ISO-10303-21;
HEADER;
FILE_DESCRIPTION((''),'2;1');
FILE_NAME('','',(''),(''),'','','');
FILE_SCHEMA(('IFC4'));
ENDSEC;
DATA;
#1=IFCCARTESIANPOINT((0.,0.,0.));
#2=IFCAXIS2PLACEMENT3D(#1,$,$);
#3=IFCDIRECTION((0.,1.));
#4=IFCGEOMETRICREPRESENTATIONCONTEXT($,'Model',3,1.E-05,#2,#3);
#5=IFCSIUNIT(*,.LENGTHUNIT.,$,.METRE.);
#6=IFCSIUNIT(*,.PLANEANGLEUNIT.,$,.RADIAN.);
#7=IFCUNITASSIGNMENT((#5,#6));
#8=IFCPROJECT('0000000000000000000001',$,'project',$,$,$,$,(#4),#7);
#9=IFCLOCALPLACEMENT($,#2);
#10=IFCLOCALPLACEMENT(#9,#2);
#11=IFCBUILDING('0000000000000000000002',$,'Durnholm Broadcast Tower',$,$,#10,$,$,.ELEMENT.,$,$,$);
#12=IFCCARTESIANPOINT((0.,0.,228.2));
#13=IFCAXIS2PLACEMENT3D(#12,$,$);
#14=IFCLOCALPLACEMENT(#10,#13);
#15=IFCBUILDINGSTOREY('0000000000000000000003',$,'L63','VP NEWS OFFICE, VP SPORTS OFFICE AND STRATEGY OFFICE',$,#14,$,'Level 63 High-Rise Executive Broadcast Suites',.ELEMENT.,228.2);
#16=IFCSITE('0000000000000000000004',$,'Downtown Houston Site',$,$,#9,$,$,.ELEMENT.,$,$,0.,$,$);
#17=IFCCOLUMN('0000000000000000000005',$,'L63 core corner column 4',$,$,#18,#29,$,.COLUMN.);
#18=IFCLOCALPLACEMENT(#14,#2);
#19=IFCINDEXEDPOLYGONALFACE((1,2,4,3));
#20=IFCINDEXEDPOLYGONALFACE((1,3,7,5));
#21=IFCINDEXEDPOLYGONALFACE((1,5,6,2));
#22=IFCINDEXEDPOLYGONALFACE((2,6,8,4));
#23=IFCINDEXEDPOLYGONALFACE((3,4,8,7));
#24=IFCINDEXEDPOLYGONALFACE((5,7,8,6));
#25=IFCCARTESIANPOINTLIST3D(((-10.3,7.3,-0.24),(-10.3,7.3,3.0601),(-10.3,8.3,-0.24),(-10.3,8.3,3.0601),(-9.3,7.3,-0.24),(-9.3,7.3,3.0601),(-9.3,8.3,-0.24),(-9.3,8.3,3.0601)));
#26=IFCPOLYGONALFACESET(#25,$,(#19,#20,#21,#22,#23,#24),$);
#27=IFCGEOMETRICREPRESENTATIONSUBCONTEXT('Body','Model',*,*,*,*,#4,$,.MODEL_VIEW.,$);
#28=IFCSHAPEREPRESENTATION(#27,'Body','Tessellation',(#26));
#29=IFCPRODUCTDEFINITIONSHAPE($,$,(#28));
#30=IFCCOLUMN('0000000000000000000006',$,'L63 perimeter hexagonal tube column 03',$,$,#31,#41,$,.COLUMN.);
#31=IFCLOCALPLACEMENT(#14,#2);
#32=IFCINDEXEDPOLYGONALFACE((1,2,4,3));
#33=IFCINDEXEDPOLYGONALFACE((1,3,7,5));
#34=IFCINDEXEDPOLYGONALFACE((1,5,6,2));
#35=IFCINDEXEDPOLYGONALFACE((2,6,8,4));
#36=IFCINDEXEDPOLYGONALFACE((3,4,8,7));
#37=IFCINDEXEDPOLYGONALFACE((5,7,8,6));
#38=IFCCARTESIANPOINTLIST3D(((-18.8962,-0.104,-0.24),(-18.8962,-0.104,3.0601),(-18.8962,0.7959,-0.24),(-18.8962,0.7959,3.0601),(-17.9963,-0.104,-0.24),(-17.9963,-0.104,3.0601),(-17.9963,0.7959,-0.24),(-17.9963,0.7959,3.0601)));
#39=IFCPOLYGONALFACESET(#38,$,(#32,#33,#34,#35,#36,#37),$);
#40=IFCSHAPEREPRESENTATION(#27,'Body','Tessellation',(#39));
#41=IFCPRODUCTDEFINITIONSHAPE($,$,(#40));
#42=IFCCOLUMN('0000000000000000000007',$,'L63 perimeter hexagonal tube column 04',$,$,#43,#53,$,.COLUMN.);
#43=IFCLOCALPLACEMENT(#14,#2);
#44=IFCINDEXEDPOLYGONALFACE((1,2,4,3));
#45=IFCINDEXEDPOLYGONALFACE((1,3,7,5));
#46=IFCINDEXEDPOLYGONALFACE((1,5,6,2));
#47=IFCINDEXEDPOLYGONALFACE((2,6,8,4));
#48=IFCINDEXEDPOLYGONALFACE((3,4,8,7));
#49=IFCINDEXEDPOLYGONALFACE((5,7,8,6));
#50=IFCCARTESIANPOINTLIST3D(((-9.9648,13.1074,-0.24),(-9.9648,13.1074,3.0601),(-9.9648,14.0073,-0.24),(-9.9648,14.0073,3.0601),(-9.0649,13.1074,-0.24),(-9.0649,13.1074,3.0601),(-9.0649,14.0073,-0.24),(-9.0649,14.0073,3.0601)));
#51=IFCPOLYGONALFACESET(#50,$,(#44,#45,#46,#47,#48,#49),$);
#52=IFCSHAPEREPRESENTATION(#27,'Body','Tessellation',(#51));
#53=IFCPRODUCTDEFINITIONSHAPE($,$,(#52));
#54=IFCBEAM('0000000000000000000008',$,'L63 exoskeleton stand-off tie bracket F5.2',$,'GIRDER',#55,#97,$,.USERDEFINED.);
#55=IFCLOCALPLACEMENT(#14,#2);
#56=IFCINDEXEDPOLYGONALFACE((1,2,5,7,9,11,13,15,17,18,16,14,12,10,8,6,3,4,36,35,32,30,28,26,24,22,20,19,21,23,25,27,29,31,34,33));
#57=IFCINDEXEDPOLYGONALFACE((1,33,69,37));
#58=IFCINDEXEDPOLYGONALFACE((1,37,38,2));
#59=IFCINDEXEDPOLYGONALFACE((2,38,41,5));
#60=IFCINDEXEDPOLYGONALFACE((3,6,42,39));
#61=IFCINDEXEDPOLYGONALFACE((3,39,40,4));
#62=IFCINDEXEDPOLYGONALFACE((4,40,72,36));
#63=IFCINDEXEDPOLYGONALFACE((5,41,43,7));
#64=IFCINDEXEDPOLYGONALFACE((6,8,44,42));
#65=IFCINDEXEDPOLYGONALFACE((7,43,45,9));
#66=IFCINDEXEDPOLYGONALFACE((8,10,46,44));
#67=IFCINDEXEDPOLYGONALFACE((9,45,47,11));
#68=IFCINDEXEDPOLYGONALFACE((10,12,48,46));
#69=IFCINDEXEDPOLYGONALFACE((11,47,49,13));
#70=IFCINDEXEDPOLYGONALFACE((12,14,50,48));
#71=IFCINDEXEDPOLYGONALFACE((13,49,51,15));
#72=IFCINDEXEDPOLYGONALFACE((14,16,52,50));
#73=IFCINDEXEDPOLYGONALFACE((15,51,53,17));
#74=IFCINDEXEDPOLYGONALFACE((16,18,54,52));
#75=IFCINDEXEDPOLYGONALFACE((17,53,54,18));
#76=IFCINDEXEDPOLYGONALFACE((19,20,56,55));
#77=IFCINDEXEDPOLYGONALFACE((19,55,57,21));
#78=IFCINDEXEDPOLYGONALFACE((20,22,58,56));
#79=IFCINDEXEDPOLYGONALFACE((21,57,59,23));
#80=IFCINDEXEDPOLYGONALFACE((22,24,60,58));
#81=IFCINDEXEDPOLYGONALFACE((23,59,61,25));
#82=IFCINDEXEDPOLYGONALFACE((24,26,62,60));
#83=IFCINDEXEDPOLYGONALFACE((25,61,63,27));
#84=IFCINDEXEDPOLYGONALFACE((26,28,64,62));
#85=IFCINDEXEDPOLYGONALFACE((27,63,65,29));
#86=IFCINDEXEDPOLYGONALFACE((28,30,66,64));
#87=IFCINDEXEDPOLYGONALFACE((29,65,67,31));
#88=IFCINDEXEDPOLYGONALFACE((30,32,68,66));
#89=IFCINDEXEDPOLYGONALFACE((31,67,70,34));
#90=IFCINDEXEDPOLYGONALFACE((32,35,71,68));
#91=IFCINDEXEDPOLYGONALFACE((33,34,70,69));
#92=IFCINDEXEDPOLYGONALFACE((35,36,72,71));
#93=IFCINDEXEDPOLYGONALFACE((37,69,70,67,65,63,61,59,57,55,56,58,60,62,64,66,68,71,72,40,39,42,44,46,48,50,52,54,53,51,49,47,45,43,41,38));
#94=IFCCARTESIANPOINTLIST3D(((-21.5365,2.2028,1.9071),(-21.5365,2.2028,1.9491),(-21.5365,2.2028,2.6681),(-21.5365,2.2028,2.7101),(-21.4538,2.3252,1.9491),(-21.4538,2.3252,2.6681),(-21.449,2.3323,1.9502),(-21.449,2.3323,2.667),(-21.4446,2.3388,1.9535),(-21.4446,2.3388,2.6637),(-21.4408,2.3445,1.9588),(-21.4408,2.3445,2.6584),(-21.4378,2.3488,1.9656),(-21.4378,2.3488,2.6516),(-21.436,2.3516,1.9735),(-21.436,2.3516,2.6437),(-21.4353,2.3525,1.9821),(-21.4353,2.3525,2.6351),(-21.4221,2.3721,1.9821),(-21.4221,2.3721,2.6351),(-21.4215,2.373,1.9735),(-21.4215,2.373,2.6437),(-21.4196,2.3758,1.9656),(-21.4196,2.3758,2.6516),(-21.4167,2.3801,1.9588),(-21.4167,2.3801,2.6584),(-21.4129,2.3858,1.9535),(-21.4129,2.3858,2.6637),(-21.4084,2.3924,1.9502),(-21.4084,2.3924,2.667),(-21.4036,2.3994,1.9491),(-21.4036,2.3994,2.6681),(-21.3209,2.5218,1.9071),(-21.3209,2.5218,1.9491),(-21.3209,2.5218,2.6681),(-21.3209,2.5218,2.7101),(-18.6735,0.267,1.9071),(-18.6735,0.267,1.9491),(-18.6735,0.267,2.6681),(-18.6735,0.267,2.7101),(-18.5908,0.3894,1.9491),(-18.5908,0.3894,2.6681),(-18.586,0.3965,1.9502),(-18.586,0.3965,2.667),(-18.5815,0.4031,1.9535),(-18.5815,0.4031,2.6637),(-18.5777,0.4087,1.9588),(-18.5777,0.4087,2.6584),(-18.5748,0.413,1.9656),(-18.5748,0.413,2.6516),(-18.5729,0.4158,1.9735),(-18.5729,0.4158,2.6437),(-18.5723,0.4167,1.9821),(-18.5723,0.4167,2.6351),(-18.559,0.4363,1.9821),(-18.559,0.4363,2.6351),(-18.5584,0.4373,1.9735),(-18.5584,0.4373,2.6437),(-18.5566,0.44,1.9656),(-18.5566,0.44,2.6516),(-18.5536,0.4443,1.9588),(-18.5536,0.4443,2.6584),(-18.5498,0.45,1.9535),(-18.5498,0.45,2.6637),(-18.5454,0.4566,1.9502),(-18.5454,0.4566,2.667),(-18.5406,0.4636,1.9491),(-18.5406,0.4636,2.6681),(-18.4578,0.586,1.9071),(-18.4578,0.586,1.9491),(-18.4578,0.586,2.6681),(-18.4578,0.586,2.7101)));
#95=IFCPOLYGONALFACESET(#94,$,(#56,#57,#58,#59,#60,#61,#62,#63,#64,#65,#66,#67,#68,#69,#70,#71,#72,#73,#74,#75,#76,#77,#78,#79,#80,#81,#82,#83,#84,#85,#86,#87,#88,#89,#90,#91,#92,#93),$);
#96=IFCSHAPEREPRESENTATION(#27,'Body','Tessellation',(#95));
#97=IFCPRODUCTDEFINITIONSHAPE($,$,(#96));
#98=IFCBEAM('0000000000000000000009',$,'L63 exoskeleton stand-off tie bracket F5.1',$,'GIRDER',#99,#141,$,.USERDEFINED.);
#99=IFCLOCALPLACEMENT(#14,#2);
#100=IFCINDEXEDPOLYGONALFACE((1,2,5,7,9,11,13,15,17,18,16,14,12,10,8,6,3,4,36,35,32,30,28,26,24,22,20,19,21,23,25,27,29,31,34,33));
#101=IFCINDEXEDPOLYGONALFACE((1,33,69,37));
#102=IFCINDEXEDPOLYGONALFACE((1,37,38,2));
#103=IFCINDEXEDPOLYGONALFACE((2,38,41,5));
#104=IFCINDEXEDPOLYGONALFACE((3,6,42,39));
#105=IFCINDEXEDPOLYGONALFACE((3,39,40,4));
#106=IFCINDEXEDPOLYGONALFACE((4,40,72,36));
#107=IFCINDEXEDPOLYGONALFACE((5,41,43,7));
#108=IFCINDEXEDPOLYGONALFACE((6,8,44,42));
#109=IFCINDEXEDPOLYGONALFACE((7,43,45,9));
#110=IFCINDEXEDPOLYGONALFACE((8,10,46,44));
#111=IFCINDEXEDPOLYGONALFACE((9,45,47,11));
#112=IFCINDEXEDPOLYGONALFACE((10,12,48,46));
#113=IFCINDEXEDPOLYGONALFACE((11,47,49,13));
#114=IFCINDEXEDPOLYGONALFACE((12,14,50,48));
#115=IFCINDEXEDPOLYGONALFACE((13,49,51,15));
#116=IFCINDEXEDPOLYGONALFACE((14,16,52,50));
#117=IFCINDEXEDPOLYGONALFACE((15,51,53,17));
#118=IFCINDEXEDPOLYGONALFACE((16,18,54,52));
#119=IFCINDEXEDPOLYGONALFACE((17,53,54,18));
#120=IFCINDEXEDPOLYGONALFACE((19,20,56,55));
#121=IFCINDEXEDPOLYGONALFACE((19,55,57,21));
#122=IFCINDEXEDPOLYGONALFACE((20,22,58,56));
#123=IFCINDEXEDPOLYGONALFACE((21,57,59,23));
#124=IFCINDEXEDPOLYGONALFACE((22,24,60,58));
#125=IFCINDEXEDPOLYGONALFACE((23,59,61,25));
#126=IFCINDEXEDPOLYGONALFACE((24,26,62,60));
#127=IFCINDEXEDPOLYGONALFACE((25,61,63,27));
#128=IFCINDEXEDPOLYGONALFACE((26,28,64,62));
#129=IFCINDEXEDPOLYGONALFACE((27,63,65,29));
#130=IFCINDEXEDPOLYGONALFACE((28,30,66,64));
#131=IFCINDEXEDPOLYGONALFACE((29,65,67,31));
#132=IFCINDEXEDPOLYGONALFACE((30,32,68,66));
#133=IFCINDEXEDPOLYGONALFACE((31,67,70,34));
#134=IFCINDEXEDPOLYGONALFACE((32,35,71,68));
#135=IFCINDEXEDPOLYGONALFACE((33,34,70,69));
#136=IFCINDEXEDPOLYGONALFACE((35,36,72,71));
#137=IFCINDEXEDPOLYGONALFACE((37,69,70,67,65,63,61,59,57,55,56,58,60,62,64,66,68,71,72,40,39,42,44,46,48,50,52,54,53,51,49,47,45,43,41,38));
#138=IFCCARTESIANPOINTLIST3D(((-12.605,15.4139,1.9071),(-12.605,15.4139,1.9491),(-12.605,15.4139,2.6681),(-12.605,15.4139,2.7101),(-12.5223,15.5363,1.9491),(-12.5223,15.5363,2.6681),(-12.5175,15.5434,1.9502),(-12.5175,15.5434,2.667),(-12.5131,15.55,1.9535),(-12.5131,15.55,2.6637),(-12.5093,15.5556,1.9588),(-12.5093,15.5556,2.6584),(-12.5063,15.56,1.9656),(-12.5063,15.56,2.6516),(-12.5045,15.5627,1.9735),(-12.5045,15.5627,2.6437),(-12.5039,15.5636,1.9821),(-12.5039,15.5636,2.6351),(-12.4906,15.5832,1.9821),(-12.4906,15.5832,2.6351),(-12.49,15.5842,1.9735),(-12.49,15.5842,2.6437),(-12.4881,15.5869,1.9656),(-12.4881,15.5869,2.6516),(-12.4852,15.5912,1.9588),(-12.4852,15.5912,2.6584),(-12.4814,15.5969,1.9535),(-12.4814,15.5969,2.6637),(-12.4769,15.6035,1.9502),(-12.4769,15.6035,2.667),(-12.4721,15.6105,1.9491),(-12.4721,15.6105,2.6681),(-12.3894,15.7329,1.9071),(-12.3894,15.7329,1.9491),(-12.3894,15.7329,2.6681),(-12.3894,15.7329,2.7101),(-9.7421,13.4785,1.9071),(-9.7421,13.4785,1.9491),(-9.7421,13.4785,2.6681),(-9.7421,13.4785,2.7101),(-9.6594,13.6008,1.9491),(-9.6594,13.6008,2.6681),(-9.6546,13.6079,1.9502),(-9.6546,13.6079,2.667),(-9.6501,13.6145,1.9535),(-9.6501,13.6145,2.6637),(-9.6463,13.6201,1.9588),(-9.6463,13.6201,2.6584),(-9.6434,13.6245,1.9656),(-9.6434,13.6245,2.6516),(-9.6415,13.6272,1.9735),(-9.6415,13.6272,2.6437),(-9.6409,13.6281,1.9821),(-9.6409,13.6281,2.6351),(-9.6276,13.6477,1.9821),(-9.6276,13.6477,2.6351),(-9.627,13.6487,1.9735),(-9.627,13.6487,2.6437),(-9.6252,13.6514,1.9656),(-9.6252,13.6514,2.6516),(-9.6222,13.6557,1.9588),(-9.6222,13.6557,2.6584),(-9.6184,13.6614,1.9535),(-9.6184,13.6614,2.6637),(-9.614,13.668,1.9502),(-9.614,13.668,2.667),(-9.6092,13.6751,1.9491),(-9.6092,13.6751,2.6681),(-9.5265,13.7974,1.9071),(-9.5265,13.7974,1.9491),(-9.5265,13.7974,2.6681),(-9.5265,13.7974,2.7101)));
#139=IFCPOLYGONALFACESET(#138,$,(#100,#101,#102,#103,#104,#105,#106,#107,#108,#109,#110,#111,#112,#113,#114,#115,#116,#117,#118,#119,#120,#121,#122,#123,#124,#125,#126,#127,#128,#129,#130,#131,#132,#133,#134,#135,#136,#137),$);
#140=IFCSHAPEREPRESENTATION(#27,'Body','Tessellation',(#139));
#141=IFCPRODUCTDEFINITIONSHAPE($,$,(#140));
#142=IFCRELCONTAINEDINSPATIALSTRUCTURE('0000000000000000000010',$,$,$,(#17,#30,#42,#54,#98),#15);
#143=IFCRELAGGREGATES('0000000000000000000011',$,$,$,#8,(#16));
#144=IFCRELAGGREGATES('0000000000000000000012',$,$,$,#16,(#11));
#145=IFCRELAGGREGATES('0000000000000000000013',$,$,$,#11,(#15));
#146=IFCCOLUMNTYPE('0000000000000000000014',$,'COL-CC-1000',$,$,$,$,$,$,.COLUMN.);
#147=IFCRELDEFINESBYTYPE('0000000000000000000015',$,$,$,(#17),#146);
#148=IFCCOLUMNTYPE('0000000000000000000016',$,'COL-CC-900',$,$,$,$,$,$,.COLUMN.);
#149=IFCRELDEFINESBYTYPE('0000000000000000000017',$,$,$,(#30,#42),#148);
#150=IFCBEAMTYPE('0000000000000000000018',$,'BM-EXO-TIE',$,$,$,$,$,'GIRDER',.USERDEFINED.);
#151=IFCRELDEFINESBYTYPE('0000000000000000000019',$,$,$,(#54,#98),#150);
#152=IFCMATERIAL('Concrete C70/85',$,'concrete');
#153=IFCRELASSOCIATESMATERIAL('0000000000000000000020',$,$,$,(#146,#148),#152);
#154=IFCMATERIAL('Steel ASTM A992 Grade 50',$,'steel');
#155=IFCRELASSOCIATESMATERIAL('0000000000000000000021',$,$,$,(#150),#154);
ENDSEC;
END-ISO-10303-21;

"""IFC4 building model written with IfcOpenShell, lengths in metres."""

from ifc_helpers import new_model, si_unit, direction, frame, origin, origin_2d, place, context, subcontext, project, spatial, rectangle, i_section, extrude, source, transform, mapped, material, material_profile, profile_set, type_object, type_shapes, element, save


model = new_model("IFC4")

# Units and contexts
model_context = context("Model", 3, precision=1e-05, world=origin(), true_north=direction((0.0, 1.0)))
body_context = subcontext(model_context, "Body", "Model", "MODEL_VIEW")
ifc_project = project(units=[si_unit("LENGTHUNIT", "METRE"), si_unit("PLANEANGLEUNIT", "RADIAN")], contexts=[model_context])

# Site, building, storey
site_placement = place(None, origin())
site = spatial("IfcSite", under=ifc_project, at=site_placement, Name="Downtown Houston Site", CompositionType="ELEMENT", RefElevation=0.0)
building_placement = place(site_placement, origin())
building = spatial("IfcBuilding", under=site, at=building_placement, Name="Durnholm Broadcast Tower", CompositionType="ELEMENT")
storey_placement = place(building_placement, frame((0.0, 0.0, 228.2)))
storey = spatial("IfcBuildingStorey", under=building, at=storey_placement, Name="L63", Description="VP NEWS OFFICE, VP SPORTS OFFICE AND STRATEGY OFFICE", LongName="Level 63 High-Rise Executive Broadcast Suites", CompositionType="ELEMENT", Elevation=228.2)

# Columns
ifc_material_1 = material(Name="Concrete C70/85", Category="concrete")
ifc_material_profile_1 = material_profile(ifc_material_1, rectangle(XDim=1.0, YDim=1.0, at=origin_2d()), Name="RC1000X1000")
ifc_profile_set_1 = profile_set([ifc_material_profile_1], Name="Concrete C70/85")
column_type_1 = type_object("IfcColumnType", Name="COL-CC-1000", PredefinedType="COLUMN", material=ifc_profile_set_1)
shared_shape_1 = source(origin(), body_context, "Body", "SweptSolid", [
    extrude(rectangle(XDim=1.0, YDim=1.0, at=origin_2d()), origin(), (0.0, 0.0, 1.0), 3.3),
])
type_shapes(column_type_1, [shared_shape_1])
column_placement = place(storey_placement, frame((-9.8, 7.8, -0.24), z_axis=(0.0, 0.0, 1.0), x_axis=(1.0, 0.0, 0.0)))
element("IfcColumn", 1, at=column_placement, inside=storey, type_object=column_type_1, Name="L63 core corner column 4", PredefinedType="COLUMN", context=body_context, shape_type="MappedRepresentation", body=[
    mapped(shared_shape_1, transform((0.0, 0.0, 0.0), x_axis=(1.0, 0.0, 0.0), y_axis=(0.0, 1.0, 0.0), z_axis=(0.0, 0.0, 1.0), scale=1.0)),
])
ifc_material_profile_2 = material_profile(ifc_material_1, rectangle(XDim=0.8999, YDim=0.8999, at=origin_2d()), Name="RC900X900")
ifc_profile_set_2 = profile_set([ifc_material_profile_2], Name="Concrete C70/85")
column_type_2 = type_object("IfcColumnType", Name="COL-CC-900", PredefinedType="COLUMN", material=ifc_profile_set_2)
shared_shape_2 = source(origin(), body_context, "Body", "SweptSolid", [
    extrude(rectangle(XDim=0.8999, YDim=0.8999, at=origin_2d()), origin(), (0.0, 0.0, 1.0), 3.3),
])
type_shapes(column_type_2, [shared_shape_2])
for number, where, z_axis, x_axis, name in (
    (2, (-18.4463, 0.3459, -0.24), (0.0, 0.0, 1.0), (1.0, 0.0, 0.0), "L63 perimeter hexagonal tube column 03"),
    (3, (-9.5149, 13.5574, -0.24), (0.0, 0.0, 1.0), (1.0, 0.0, 0.0), "L63 perimeter hexagonal tube column 04"),
):
    element("IfcColumn", number, at=place(storey_placement, frame(where, z_axis=z_axis, x_axis=x_axis)), inside=storey, type_object=column_type_2, Name=name, PredefinedType="COLUMN", context=body_context, shape_type="MappedRepresentation", body=[
        mapped(shared_shape_2, transform((0.0, 0.0, 0.0), x_axis=(1.0, 0.0, 0.0), y_axis=(0.0, 1.0, 0.0), z_axis=(0.0, 0.0, 1.0), scale=1.0)),
    ])

# Beams
ifc_material_2 = material(Name="Steel ASTM A992 Grade 50", Category="steel")
ifc_material_profile_3 = material_profile(ifc_material_2, i_section(OverallWidth=0.385, OverallDepth=0.803, WebThickness=0.0237, FlangeThickness=0.042, FilletRadius=0.033, at=origin_2d()), Name="W30X261")
ifc_profile_set_3 = profile_set([ifc_material_profile_3], Name="Steel ASTM A992 Grade 50")
beam_type_1 = type_object("IfcBeamType", Name="BM-EXO-TIE", ElementType="GIRDER", PredefinedType="USERDEFINED", material=ifc_profile_set_3)
shared_shape_3 = source(origin(), body_context, "Body", "SweptSolid", [
    extrude(i_section(OverallWidth=0.385, OverallDepth=0.803, WebThickness=0.0237, FlangeThickness=0.042, FilletRadius=0.033, at=origin_2d()), origin(), (0.0, 0.0, 1.0), 3.4561),
])
beam_1_placement = place(storey_placement, frame((-18.5657, 0.4265, 2.3086), z_axis=(-0.828414, 0.560117, 0.0), x_axis=(-0.560117, -0.828414, 0.0)))
element("IfcBeam", 4, at=beam_1_placement, inside=storey, type_object=beam_type_1, Name="L63 exoskeleton stand-off tie bracket F5.2", ObjectType="GIRDER", PredefinedType="USERDEFINED", context=body_context, shape_type="MappedRepresentation", body=[
    mapped(shared_shape_3, transform((0.0, 0.0, 0.0), x_axis=(1.0, 0.0, 0.0), y_axis=(0.0, 1.0, 0.0), z_axis=(0.0, 0.0, 1.0), scale=1.0)),
])
shared_shape_4 = source(origin(), body_context, "Body", "SweptSolid", [
    extrude(i_section(OverallWidth=0.385, OverallDepth=0.803, WebThickness=0.0237, FlangeThickness=0.042, FilletRadius=0.033, at=origin_2d()), origin(), (0.0, 0.0, 1.0), 3.4558),
])
beam_2_placement = place(storey_placement, frame((-9.6343, 13.6379, 2.3086), z_axis=(-0.828446, 0.560068, 0.0), x_axis=(-0.560068, -0.828446, 0.0)))
element("IfcBeam", 5, at=beam_2_placement, inside=storey, type_object=beam_type_1, Name="L63 exoskeleton stand-off tie bracket F5.1", ObjectType="GIRDER", PredefinedType="USERDEFINED", context=body_context, shape_type="MappedRepresentation", body=[
    mapped(shared_shape_4, transform((0.0, 0.0, 0.0), x_axis=(1.0, 0.0, 0.0), y_axis=(0.0, 1.0, 0.0), z_axis=(0.0, 0.0, 1.0), scale=1.0)),
])

save(model, "model.ifc")
